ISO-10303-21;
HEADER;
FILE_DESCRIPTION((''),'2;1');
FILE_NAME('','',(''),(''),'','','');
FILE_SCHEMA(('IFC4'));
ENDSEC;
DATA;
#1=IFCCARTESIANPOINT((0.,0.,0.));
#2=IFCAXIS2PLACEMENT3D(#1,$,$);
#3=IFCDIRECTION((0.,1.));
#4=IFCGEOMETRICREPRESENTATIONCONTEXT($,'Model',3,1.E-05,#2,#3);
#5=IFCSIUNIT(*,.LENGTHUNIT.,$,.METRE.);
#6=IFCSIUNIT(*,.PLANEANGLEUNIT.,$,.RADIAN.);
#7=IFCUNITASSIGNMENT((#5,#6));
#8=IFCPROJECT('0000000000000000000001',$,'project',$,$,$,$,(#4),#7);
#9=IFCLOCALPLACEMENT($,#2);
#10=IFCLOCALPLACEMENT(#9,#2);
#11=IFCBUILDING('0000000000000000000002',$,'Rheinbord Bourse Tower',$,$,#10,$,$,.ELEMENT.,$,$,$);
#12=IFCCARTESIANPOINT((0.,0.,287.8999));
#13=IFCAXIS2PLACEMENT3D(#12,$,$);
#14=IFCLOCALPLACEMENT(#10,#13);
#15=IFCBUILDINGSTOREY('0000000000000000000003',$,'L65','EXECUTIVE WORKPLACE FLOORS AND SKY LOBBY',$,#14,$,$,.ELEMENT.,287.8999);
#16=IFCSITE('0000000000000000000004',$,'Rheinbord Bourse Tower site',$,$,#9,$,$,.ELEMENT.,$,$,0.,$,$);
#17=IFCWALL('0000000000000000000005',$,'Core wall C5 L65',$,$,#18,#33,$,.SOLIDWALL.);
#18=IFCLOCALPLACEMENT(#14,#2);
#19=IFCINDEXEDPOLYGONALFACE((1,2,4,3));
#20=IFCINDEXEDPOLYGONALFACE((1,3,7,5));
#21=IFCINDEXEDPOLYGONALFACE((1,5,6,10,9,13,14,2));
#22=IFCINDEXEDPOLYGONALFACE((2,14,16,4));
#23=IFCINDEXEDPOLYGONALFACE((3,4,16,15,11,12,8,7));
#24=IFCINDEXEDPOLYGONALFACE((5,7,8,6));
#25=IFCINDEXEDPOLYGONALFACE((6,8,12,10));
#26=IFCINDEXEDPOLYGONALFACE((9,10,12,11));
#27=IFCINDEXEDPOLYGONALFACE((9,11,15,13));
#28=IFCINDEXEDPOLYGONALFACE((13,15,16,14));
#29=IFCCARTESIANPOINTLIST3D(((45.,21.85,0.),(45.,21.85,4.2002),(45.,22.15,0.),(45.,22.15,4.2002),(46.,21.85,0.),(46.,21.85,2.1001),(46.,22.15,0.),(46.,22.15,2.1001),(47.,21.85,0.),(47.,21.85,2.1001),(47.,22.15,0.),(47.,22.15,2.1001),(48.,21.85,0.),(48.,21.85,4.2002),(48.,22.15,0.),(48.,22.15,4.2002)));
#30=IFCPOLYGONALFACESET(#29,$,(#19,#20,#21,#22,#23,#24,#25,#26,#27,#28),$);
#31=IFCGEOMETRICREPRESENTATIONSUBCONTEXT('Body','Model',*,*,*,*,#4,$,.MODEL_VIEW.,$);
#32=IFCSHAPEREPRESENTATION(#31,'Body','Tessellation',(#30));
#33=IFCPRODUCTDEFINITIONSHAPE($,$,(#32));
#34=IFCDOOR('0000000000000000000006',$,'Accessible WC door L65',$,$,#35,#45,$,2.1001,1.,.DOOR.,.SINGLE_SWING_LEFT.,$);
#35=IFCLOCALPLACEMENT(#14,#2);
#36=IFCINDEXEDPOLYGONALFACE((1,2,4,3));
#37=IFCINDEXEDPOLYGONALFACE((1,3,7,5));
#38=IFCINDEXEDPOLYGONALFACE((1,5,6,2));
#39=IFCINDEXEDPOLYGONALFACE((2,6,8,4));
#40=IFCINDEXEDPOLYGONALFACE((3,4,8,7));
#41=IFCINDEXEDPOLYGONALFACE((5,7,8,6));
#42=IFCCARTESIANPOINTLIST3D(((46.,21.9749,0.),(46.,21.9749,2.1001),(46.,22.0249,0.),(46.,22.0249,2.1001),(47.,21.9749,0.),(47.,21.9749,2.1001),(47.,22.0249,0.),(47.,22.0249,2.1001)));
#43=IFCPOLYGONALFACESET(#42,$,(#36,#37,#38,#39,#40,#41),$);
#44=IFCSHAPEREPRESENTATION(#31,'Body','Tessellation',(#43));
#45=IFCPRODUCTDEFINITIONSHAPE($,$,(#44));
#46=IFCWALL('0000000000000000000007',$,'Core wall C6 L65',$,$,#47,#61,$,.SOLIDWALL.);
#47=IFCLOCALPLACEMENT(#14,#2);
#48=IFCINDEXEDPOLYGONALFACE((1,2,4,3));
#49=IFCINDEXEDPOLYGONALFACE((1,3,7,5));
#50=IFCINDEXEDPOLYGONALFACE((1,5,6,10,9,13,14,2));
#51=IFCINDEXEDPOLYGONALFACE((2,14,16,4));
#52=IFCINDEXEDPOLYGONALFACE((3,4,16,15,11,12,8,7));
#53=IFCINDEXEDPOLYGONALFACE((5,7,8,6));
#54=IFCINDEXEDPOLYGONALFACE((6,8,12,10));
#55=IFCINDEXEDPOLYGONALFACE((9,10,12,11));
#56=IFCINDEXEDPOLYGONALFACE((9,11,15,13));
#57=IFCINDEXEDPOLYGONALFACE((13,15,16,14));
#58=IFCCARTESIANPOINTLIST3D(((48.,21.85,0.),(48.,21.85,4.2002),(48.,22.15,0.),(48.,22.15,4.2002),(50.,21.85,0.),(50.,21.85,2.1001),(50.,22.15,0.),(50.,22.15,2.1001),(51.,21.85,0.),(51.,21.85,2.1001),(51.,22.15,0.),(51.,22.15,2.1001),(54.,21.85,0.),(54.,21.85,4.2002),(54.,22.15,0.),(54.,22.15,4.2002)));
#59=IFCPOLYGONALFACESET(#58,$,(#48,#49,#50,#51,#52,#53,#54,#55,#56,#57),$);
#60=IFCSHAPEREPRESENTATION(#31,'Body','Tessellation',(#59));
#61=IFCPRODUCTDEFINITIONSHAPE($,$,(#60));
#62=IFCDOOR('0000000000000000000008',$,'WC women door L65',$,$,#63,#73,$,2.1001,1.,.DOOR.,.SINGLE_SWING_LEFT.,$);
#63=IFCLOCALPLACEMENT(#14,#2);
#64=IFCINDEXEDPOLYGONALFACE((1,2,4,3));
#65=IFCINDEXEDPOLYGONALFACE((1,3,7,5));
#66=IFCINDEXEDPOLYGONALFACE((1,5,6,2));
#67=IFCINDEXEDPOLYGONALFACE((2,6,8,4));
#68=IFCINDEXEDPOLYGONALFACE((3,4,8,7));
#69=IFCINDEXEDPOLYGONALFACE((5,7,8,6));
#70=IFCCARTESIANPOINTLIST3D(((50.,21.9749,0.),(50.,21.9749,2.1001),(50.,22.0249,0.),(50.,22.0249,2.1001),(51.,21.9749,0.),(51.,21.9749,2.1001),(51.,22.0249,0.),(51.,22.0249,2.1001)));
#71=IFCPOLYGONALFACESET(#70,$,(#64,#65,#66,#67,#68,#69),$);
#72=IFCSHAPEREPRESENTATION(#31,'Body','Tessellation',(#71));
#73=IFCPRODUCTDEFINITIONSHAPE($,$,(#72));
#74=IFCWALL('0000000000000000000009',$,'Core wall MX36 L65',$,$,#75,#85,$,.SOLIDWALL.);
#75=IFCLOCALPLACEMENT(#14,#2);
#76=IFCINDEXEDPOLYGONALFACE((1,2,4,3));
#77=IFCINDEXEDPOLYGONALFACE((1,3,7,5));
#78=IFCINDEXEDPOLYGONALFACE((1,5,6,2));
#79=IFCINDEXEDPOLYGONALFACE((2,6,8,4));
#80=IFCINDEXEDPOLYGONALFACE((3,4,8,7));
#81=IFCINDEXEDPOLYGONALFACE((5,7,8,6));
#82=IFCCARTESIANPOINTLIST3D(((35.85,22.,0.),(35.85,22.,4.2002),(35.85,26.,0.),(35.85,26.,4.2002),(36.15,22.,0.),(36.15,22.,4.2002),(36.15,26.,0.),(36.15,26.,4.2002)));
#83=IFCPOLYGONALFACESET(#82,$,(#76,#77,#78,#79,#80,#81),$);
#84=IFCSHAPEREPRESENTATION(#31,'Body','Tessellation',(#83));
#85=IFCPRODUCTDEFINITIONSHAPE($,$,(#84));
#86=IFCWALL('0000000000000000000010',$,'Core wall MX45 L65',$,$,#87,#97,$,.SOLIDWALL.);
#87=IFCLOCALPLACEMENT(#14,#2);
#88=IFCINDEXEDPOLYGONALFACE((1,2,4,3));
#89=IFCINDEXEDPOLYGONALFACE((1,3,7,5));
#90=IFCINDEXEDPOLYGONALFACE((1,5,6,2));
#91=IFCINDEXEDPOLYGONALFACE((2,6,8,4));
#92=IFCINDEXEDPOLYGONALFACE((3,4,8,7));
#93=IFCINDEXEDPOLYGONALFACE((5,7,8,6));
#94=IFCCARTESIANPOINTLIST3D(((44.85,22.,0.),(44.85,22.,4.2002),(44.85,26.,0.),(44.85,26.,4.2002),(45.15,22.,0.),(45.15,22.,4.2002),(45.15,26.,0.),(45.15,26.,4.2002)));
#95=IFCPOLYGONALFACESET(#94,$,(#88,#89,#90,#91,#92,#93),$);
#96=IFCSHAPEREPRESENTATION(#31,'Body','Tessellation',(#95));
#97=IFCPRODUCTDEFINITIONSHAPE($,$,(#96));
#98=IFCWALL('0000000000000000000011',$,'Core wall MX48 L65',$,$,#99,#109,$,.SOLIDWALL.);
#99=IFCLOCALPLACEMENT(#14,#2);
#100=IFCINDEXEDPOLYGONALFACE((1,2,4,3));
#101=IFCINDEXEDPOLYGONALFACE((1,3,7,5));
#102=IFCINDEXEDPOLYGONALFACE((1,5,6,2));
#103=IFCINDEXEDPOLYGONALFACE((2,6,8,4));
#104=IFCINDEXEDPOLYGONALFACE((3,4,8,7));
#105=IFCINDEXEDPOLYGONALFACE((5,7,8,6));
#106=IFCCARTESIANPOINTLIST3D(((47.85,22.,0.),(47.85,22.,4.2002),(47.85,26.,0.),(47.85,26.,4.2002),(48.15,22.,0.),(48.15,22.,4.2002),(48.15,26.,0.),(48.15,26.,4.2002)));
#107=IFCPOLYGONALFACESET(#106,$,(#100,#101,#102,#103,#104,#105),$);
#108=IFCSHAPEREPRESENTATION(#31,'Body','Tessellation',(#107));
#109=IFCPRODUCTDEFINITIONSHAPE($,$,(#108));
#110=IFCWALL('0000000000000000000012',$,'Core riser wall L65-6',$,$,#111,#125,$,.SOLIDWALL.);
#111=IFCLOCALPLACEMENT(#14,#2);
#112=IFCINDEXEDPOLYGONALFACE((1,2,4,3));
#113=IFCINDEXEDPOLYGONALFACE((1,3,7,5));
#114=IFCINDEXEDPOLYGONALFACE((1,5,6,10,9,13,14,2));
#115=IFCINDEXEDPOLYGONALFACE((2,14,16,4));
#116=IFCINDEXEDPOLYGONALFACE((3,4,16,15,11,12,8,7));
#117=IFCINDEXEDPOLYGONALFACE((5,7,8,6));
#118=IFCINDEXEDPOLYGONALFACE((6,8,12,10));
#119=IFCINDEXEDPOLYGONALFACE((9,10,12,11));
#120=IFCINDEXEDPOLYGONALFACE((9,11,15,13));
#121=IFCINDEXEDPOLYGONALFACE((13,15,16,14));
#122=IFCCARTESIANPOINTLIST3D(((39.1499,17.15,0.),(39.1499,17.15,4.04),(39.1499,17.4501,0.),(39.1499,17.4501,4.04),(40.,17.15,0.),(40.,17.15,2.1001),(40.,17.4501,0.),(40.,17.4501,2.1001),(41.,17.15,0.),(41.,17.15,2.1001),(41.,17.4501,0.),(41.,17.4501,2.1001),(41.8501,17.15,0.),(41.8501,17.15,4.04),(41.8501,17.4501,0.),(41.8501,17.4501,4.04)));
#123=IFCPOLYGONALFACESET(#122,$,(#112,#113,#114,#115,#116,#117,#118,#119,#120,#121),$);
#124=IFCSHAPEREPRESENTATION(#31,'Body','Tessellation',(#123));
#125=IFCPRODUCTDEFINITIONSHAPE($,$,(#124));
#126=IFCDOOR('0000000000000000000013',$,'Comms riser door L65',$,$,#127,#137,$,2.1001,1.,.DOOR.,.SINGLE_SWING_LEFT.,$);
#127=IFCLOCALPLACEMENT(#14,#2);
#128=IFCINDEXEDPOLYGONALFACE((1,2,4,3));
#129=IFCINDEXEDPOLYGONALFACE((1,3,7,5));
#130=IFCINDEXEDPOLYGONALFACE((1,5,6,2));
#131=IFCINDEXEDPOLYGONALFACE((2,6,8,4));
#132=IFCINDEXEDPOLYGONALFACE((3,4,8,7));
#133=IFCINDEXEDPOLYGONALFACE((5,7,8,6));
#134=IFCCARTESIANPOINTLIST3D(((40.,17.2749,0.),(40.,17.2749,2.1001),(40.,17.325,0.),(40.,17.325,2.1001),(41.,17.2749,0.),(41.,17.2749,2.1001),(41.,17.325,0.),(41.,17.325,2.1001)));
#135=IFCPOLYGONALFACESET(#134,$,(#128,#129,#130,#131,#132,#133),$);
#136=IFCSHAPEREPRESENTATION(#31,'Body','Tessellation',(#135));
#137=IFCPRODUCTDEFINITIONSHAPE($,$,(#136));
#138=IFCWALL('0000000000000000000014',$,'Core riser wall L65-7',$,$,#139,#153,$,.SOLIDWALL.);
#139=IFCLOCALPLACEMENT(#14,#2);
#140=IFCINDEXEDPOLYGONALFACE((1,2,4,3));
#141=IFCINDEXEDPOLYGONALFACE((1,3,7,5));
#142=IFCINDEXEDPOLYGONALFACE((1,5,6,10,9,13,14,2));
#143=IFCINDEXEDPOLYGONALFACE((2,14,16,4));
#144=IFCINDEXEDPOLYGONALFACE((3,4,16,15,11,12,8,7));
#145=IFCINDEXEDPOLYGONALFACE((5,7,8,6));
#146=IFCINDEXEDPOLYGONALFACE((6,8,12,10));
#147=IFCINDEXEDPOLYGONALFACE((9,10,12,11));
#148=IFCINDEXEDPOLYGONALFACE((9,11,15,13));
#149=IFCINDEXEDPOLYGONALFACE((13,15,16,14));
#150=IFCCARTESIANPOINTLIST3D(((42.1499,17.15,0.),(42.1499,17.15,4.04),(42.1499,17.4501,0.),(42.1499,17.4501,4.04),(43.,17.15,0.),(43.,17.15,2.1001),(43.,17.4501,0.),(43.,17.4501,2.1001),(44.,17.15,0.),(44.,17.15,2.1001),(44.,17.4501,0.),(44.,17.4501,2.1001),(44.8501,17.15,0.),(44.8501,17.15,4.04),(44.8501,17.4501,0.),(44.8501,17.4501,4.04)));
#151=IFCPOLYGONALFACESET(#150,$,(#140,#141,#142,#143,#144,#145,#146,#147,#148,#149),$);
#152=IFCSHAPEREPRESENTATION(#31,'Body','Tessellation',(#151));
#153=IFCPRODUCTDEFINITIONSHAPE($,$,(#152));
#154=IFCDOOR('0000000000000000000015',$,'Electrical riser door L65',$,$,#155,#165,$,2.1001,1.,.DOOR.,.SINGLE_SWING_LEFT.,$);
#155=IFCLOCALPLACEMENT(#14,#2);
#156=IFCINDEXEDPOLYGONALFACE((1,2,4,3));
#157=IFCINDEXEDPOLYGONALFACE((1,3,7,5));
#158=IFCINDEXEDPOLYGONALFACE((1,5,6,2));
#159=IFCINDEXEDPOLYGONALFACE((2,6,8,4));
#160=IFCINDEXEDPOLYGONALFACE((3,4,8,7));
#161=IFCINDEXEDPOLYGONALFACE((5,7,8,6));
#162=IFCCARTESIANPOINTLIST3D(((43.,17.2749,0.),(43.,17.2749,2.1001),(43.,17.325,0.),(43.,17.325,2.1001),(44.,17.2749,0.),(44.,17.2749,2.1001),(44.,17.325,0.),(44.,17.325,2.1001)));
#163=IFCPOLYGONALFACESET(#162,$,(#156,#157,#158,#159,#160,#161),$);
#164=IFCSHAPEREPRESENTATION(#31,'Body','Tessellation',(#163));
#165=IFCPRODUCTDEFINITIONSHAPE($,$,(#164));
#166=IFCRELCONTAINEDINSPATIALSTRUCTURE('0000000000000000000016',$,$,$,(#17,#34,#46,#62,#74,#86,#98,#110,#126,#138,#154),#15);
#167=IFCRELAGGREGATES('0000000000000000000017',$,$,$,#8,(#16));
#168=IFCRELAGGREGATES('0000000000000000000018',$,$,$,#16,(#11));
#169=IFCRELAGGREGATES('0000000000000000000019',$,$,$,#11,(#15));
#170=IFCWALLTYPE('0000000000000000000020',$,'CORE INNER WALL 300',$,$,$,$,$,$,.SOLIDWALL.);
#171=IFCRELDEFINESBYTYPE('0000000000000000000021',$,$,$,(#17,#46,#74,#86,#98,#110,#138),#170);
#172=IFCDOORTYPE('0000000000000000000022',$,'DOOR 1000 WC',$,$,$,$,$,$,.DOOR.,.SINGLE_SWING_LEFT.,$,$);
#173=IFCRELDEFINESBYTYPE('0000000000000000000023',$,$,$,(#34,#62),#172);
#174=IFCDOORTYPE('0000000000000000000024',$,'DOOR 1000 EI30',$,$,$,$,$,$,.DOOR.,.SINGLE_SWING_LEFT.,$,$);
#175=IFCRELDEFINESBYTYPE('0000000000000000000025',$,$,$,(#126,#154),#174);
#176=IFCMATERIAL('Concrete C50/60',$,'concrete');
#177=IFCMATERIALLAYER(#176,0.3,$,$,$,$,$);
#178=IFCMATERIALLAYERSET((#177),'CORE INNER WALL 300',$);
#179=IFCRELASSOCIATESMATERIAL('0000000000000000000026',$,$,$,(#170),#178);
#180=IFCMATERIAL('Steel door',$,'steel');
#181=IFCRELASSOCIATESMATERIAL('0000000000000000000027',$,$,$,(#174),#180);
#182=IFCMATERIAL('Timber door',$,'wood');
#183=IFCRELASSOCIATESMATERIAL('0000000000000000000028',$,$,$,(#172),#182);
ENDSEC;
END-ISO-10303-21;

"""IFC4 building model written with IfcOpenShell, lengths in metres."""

from ifc_helpers import new_model, si_unit, direction, frame, frame_2d, origin, place, context, subcontext, project, spatial, rectangle, extrude, material, layer, layer_set, type_object, element, fill, save


model = new_model("IFC4")

# Units and contexts
model_context = context("Model", 3, precision=1e-05, world=origin(), true_north=direction((0.0, 1.0)))
body_context = subcontext(model_context, "Body", "Model", "MODEL_VIEW")
ifc_project = project(units=[si_unit("LENGTHUNIT", "METRE"), si_unit("PLANEANGLEUNIT", "RADIAN")], contexts=[model_context])

# Site, building, storey
site_placement = place(None, origin())
site = spatial("IfcSite", under=ifc_project, at=site_placement, Name="Rheinbord Bourse Tower site", CompositionType="ELEMENT", RefElevation=0.0)
building_placement = place(site_placement, origin())
building = spatial("IfcBuilding", under=site, at=building_placement, Name="Rheinbord Bourse Tower", CompositionType="ELEMENT")
storey_placement = place(building_placement, frame((0.0, 0.0, 287.8999)))
storey = spatial("IfcBuildingStorey", under=building, at=storey_placement, Name="L65", Description="EXECUTIVE WORKPLACE FLOORS AND SKY LOBBY", CompositionType="ELEMENT", Elevation=287.8999)

# Walls, openings, doors
ifc_material_1 = material(Name="Concrete C50/60", Category="concrete")
ifc_layer = layer(ifc_material_1, 0.3)
ifc_layer_set = layer_set([ifc_layer], Name="CORE INNER WALL 300")
wall_type = type_object("IfcWallType", Name="CORE INNER WALL 300", PredefinedType="SOLIDWALL", material=ifc_layer_set)
ifc_material_2 = material(Name="Steel door", Category="steel")
door_type_1 = type_object("IfcDoorType", Name="DOOR 1000 EI30", OperationType="SINGLE_SWING_LEFT", PredefinedType="DOOR", material=ifc_material_2)
wall_1_placement = place(storey_placement, frame((45.0, 22.0, 0.0), z_axis=(0.0, 0.0, 1.0), x_axis=(1.0, 0.0, 0.0)))
wall_1 = element("IfcWall", 1, at=wall_1_placement, inside=storey, type_object=wall_type, Name="Core wall C5 L65", PredefinedType="SOLIDWALL", context=body_context, shape_type="SweptSolid", body=[
    extrude(rectangle(XDim=3.0, YDim=0.3, at=frame_2d((1.5, 0.0))), origin(), (0.0, 0.0, 1.0), 4.2002),
])
opening_1_placement = place(wall_1_placement, frame((1.0, 0.0, 0.0)))
opening_1 = element("IfcOpeningElement", 2, at=opening_1_placement, cuts=wall_1, PredefinedType="OPENING", context=body_context, shape_type="SweptSolid", body=[
    extrude(rectangle(XDim=1.0, YDim=2.1001, at=frame_2d((0.5, 1.05))), frame((0.0, 0.1599, 0.0), z_axis=(0.0, -1.0, 0.0), x_axis=(1.0, 0.0, 0.0)), (0.0, 0.0, 1.0), 0.3201),
])
ifc_material_3 = material(Name="Timber door", Category="wood")
door_type_2 = type_object("IfcDoorType", Name="DOOR 1000 WC", OperationType="SINGLE_SWING_LEFT", PredefinedType="DOOR", material=ifc_material_3)
door_1_placement = place(opening_1_placement, origin())
door_1 = element("IfcDoor", 3, at=door_1_placement, inside=storey, type_object=door_type_2, Name="Accessible WC door L65", OperationType="SINGLE_SWING_LEFT", OverallHeight=2.1001, OverallWidth=1.0, PredefinedType="DOOR", context=body_context, shape_type="SweptSolid", body=[
    extrude(rectangle(XDim=1.0, YDim=2.1001, at=frame_2d((0.5, 1.05))), frame((0.0, 0.0249, 0.0), z_axis=(0.0, -1.0, 0.0), x_axis=(1.0, 0.0, 0.0)), (0.0, 0.0, 1.0), 0.05),
])
fill(opening_1, door_1)
wall_2_placement = place(storey_placement, frame((48.0, 22.0, 0.0), z_axis=(0.0, 0.0, 1.0), x_axis=(1.0, 0.0, 0.0)))
wall_2 = element("IfcWall", 4, at=wall_2_placement, inside=storey, type_object=wall_type, Name="Core wall C6 L65", PredefinedType="SOLIDWALL", context=body_context, shape_type="SweptSolid", body=[
    extrude(rectangle(XDim=6.0, YDim=0.3, at=frame_2d((3.0, 0.0))), origin(), (0.0, 0.0, 1.0), 4.2002),
])
opening_2_placement = place(wall_2_placement, frame((2.0, 0.0, 0.0)))
opening_2 = element("IfcOpeningElement", 5, at=opening_2_placement, cuts=wall_2, PredefinedType="OPENING", context=body_context, shape_type="SweptSolid", body=[
    extrude(rectangle(XDim=1.0, YDim=2.1001, at=frame_2d((0.5, 1.05))), frame((0.0, 0.1599, 0.0), z_axis=(0.0, -1.0, 0.0), x_axis=(1.0, 0.0, 0.0)), (0.0, 0.0, 1.0), 0.3201),
])
door_2_placement = place(opening_2_placement, origin())
door_2 = element("IfcDoor", 6, at=door_2_placement, inside=storey, type_object=door_type_2, Name="WC women door L65", OperationType="SINGLE_SWING_LEFT", OverallHeight=2.1001, OverallWidth=1.0, PredefinedType="DOOR", context=body_context, shape_type="SweptSolid", body=[
    extrude(rectangle(XDim=1.0, YDim=2.1001, at=frame_2d((0.5, 1.05))), frame((0.0, 0.0249, 0.0), z_axis=(0.0, -1.0, 0.0), x_axis=(1.0, 0.0, 0.0)), (0.0, 0.0, 1.0), 0.05),
])
fill(opening_2, door_2)

# Walls
for number, where, z_axis, x_axis, name in (
    (7, (36.0, 22.0, 0.0), (0.0, 0.0, 1.0), (0.0, 1.0, 0.0), "Core wall MX36 L65"),
    (8, (45.0, 22.0, 0.0), (0.0, 0.0, 1.0), (0.0, 1.0, 0.0), "Core wall MX45 L65"),
    (9, (48.0, 22.0, 0.0), (0.0, 0.0, 1.0), (0.0, 1.0, 0.0), "Core wall MX48 L65"),
):
    element("IfcWall", number, at=place(storey_placement, frame(where, z_axis=z_axis, x_axis=x_axis)), inside=storey, type_object=wall_type, Name=name, PredefinedType="SOLIDWALL", context=body_context, shape_type="SweptSolid", body=[
        extrude(rectangle(XDim=4.0, YDim=0.3, at=frame_2d((2.0, 0.0))), origin(), (0.0, 0.0, 1.0), 4.2002),
    ])

# Walls, openings, doors
wall_3_placement = place(storey_placement, frame((39.1499, 17.3, 0.0), z_axis=(0.0, 0.0, 1.0), x_axis=(1.0, 0.0, 0.0)))
wall_3 = element("IfcWall", 10, at=wall_3_placement, inside=storey, type_object=wall_type, Name="Core riser wall L65-6", PredefinedType="SOLIDWALL", context=body_context, shape_type="SweptSolid", body=[
    extrude(rectangle(XDim=2.7002, YDim=0.3, at=frame_2d((1.3501, 0.0))), origin(), (0.0, 0.0, 1.0), 4.04),
])
opening_3_placement = place(wall_3_placement, frame((0.8501, 0.0, 0.0)))
opening_3 = element("IfcOpeningElement", 11, at=opening_3_placement, cuts=wall_3, PredefinedType="OPENING", context=body_context, shape_type="SweptSolid", body=[
    extrude(rectangle(XDim=1.0, YDim=2.1001, at=frame_2d((0.5, 1.05))), frame((0.0, 0.1599, 0.0), z_axis=(0.0, -1.0, 0.0), x_axis=(1.0, 0.0, 0.0)), (0.0, 0.0, 1.0), 0.3201),
])
door_3_placement = place(opening_3_placement, origin())
door_3 = element("IfcDoor", 12, at=door_3_placement, inside=storey, type_object=door_type_1, Name="Comms riser door L65", OperationType="SINGLE_SWING_LEFT", OverallHeight=2.1001, OverallWidth=1.0, PredefinedType="DOOR", context=body_context, shape_type="SweptSolid", body=[
    extrude(rectangle(XDim=1.0, YDim=2.1001, at=frame_2d((0.5, 1.05))), frame((0.0, 0.0249, 0.0), z_axis=(0.0, -1.0, 0.0), x_axis=(1.0, 0.0, 0.0)), (0.0, 0.0, 1.0), 0.05),
])
fill(opening_3, door_3)
wall_4_placement = place(storey_placement, frame((42.1499, 17.3, 0.0), z_axis=(0.0, 0.0, 1.0), x_axis=(1.0, 0.0, 0.0)))
wall_4 = element("IfcWall", 13, at=wall_4_placement, inside=storey, type_object=wall_type, Name="Core riser wall L65-7", PredefinedType="SOLIDWALL", context=body_context, shape_type="SweptSolid", body=[
    extrude(rectangle(XDim=2.7002, YDim=0.3, at=frame_2d((1.3501, 0.0))), origin(), (0.0, 0.0, 1.0), 4.04),
])
opening_4_placement = place(wall_4_placement, frame((0.8501, 0.0, 0.0)))
opening_4 = element("IfcOpeningElement", 14, at=opening_4_placement, cuts=wall_4, PredefinedType="OPENING", context=body_context, shape_type="SweptSolid", body=[
    extrude(rectangle(XDim=1.0, YDim=2.1001, at=frame_2d((0.5, 1.05))), frame((0.0, 0.1599, 0.0), z_axis=(0.0, -1.0, 0.0), x_axis=(1.0, 0.0, 0.0)), (0.0, 0.0, 1.0), 0.3201),
])
door_4_placement = place(opening_4_placement, origin())
door_4 = element("IfcDoor", 15, at=door_4_placement, inside=storey, type_object=door_type_1, Name="Electrical riser door L65", OperationType="SINGLE_SWING_LEFT", OverallHeight=2.1001, OverallWidth=1.0, PredefinedType="DOOR", context=body_context, shape_type="SweptSolid", body=[
    extrude(rectangle(XDim=1.0, YDim=2.1001, at=frame_2d((0.5, 1.05))), frame((0.0, 0.0249, 0.0), z_axis=(0.0, -1.0, 0.0), x_axis=(1.0, 0.0, 0.0)), (0.0, 0.0, 1.0), 0.05),
])
fill(opening_4, door_4)

save(model, "model.ifc")
